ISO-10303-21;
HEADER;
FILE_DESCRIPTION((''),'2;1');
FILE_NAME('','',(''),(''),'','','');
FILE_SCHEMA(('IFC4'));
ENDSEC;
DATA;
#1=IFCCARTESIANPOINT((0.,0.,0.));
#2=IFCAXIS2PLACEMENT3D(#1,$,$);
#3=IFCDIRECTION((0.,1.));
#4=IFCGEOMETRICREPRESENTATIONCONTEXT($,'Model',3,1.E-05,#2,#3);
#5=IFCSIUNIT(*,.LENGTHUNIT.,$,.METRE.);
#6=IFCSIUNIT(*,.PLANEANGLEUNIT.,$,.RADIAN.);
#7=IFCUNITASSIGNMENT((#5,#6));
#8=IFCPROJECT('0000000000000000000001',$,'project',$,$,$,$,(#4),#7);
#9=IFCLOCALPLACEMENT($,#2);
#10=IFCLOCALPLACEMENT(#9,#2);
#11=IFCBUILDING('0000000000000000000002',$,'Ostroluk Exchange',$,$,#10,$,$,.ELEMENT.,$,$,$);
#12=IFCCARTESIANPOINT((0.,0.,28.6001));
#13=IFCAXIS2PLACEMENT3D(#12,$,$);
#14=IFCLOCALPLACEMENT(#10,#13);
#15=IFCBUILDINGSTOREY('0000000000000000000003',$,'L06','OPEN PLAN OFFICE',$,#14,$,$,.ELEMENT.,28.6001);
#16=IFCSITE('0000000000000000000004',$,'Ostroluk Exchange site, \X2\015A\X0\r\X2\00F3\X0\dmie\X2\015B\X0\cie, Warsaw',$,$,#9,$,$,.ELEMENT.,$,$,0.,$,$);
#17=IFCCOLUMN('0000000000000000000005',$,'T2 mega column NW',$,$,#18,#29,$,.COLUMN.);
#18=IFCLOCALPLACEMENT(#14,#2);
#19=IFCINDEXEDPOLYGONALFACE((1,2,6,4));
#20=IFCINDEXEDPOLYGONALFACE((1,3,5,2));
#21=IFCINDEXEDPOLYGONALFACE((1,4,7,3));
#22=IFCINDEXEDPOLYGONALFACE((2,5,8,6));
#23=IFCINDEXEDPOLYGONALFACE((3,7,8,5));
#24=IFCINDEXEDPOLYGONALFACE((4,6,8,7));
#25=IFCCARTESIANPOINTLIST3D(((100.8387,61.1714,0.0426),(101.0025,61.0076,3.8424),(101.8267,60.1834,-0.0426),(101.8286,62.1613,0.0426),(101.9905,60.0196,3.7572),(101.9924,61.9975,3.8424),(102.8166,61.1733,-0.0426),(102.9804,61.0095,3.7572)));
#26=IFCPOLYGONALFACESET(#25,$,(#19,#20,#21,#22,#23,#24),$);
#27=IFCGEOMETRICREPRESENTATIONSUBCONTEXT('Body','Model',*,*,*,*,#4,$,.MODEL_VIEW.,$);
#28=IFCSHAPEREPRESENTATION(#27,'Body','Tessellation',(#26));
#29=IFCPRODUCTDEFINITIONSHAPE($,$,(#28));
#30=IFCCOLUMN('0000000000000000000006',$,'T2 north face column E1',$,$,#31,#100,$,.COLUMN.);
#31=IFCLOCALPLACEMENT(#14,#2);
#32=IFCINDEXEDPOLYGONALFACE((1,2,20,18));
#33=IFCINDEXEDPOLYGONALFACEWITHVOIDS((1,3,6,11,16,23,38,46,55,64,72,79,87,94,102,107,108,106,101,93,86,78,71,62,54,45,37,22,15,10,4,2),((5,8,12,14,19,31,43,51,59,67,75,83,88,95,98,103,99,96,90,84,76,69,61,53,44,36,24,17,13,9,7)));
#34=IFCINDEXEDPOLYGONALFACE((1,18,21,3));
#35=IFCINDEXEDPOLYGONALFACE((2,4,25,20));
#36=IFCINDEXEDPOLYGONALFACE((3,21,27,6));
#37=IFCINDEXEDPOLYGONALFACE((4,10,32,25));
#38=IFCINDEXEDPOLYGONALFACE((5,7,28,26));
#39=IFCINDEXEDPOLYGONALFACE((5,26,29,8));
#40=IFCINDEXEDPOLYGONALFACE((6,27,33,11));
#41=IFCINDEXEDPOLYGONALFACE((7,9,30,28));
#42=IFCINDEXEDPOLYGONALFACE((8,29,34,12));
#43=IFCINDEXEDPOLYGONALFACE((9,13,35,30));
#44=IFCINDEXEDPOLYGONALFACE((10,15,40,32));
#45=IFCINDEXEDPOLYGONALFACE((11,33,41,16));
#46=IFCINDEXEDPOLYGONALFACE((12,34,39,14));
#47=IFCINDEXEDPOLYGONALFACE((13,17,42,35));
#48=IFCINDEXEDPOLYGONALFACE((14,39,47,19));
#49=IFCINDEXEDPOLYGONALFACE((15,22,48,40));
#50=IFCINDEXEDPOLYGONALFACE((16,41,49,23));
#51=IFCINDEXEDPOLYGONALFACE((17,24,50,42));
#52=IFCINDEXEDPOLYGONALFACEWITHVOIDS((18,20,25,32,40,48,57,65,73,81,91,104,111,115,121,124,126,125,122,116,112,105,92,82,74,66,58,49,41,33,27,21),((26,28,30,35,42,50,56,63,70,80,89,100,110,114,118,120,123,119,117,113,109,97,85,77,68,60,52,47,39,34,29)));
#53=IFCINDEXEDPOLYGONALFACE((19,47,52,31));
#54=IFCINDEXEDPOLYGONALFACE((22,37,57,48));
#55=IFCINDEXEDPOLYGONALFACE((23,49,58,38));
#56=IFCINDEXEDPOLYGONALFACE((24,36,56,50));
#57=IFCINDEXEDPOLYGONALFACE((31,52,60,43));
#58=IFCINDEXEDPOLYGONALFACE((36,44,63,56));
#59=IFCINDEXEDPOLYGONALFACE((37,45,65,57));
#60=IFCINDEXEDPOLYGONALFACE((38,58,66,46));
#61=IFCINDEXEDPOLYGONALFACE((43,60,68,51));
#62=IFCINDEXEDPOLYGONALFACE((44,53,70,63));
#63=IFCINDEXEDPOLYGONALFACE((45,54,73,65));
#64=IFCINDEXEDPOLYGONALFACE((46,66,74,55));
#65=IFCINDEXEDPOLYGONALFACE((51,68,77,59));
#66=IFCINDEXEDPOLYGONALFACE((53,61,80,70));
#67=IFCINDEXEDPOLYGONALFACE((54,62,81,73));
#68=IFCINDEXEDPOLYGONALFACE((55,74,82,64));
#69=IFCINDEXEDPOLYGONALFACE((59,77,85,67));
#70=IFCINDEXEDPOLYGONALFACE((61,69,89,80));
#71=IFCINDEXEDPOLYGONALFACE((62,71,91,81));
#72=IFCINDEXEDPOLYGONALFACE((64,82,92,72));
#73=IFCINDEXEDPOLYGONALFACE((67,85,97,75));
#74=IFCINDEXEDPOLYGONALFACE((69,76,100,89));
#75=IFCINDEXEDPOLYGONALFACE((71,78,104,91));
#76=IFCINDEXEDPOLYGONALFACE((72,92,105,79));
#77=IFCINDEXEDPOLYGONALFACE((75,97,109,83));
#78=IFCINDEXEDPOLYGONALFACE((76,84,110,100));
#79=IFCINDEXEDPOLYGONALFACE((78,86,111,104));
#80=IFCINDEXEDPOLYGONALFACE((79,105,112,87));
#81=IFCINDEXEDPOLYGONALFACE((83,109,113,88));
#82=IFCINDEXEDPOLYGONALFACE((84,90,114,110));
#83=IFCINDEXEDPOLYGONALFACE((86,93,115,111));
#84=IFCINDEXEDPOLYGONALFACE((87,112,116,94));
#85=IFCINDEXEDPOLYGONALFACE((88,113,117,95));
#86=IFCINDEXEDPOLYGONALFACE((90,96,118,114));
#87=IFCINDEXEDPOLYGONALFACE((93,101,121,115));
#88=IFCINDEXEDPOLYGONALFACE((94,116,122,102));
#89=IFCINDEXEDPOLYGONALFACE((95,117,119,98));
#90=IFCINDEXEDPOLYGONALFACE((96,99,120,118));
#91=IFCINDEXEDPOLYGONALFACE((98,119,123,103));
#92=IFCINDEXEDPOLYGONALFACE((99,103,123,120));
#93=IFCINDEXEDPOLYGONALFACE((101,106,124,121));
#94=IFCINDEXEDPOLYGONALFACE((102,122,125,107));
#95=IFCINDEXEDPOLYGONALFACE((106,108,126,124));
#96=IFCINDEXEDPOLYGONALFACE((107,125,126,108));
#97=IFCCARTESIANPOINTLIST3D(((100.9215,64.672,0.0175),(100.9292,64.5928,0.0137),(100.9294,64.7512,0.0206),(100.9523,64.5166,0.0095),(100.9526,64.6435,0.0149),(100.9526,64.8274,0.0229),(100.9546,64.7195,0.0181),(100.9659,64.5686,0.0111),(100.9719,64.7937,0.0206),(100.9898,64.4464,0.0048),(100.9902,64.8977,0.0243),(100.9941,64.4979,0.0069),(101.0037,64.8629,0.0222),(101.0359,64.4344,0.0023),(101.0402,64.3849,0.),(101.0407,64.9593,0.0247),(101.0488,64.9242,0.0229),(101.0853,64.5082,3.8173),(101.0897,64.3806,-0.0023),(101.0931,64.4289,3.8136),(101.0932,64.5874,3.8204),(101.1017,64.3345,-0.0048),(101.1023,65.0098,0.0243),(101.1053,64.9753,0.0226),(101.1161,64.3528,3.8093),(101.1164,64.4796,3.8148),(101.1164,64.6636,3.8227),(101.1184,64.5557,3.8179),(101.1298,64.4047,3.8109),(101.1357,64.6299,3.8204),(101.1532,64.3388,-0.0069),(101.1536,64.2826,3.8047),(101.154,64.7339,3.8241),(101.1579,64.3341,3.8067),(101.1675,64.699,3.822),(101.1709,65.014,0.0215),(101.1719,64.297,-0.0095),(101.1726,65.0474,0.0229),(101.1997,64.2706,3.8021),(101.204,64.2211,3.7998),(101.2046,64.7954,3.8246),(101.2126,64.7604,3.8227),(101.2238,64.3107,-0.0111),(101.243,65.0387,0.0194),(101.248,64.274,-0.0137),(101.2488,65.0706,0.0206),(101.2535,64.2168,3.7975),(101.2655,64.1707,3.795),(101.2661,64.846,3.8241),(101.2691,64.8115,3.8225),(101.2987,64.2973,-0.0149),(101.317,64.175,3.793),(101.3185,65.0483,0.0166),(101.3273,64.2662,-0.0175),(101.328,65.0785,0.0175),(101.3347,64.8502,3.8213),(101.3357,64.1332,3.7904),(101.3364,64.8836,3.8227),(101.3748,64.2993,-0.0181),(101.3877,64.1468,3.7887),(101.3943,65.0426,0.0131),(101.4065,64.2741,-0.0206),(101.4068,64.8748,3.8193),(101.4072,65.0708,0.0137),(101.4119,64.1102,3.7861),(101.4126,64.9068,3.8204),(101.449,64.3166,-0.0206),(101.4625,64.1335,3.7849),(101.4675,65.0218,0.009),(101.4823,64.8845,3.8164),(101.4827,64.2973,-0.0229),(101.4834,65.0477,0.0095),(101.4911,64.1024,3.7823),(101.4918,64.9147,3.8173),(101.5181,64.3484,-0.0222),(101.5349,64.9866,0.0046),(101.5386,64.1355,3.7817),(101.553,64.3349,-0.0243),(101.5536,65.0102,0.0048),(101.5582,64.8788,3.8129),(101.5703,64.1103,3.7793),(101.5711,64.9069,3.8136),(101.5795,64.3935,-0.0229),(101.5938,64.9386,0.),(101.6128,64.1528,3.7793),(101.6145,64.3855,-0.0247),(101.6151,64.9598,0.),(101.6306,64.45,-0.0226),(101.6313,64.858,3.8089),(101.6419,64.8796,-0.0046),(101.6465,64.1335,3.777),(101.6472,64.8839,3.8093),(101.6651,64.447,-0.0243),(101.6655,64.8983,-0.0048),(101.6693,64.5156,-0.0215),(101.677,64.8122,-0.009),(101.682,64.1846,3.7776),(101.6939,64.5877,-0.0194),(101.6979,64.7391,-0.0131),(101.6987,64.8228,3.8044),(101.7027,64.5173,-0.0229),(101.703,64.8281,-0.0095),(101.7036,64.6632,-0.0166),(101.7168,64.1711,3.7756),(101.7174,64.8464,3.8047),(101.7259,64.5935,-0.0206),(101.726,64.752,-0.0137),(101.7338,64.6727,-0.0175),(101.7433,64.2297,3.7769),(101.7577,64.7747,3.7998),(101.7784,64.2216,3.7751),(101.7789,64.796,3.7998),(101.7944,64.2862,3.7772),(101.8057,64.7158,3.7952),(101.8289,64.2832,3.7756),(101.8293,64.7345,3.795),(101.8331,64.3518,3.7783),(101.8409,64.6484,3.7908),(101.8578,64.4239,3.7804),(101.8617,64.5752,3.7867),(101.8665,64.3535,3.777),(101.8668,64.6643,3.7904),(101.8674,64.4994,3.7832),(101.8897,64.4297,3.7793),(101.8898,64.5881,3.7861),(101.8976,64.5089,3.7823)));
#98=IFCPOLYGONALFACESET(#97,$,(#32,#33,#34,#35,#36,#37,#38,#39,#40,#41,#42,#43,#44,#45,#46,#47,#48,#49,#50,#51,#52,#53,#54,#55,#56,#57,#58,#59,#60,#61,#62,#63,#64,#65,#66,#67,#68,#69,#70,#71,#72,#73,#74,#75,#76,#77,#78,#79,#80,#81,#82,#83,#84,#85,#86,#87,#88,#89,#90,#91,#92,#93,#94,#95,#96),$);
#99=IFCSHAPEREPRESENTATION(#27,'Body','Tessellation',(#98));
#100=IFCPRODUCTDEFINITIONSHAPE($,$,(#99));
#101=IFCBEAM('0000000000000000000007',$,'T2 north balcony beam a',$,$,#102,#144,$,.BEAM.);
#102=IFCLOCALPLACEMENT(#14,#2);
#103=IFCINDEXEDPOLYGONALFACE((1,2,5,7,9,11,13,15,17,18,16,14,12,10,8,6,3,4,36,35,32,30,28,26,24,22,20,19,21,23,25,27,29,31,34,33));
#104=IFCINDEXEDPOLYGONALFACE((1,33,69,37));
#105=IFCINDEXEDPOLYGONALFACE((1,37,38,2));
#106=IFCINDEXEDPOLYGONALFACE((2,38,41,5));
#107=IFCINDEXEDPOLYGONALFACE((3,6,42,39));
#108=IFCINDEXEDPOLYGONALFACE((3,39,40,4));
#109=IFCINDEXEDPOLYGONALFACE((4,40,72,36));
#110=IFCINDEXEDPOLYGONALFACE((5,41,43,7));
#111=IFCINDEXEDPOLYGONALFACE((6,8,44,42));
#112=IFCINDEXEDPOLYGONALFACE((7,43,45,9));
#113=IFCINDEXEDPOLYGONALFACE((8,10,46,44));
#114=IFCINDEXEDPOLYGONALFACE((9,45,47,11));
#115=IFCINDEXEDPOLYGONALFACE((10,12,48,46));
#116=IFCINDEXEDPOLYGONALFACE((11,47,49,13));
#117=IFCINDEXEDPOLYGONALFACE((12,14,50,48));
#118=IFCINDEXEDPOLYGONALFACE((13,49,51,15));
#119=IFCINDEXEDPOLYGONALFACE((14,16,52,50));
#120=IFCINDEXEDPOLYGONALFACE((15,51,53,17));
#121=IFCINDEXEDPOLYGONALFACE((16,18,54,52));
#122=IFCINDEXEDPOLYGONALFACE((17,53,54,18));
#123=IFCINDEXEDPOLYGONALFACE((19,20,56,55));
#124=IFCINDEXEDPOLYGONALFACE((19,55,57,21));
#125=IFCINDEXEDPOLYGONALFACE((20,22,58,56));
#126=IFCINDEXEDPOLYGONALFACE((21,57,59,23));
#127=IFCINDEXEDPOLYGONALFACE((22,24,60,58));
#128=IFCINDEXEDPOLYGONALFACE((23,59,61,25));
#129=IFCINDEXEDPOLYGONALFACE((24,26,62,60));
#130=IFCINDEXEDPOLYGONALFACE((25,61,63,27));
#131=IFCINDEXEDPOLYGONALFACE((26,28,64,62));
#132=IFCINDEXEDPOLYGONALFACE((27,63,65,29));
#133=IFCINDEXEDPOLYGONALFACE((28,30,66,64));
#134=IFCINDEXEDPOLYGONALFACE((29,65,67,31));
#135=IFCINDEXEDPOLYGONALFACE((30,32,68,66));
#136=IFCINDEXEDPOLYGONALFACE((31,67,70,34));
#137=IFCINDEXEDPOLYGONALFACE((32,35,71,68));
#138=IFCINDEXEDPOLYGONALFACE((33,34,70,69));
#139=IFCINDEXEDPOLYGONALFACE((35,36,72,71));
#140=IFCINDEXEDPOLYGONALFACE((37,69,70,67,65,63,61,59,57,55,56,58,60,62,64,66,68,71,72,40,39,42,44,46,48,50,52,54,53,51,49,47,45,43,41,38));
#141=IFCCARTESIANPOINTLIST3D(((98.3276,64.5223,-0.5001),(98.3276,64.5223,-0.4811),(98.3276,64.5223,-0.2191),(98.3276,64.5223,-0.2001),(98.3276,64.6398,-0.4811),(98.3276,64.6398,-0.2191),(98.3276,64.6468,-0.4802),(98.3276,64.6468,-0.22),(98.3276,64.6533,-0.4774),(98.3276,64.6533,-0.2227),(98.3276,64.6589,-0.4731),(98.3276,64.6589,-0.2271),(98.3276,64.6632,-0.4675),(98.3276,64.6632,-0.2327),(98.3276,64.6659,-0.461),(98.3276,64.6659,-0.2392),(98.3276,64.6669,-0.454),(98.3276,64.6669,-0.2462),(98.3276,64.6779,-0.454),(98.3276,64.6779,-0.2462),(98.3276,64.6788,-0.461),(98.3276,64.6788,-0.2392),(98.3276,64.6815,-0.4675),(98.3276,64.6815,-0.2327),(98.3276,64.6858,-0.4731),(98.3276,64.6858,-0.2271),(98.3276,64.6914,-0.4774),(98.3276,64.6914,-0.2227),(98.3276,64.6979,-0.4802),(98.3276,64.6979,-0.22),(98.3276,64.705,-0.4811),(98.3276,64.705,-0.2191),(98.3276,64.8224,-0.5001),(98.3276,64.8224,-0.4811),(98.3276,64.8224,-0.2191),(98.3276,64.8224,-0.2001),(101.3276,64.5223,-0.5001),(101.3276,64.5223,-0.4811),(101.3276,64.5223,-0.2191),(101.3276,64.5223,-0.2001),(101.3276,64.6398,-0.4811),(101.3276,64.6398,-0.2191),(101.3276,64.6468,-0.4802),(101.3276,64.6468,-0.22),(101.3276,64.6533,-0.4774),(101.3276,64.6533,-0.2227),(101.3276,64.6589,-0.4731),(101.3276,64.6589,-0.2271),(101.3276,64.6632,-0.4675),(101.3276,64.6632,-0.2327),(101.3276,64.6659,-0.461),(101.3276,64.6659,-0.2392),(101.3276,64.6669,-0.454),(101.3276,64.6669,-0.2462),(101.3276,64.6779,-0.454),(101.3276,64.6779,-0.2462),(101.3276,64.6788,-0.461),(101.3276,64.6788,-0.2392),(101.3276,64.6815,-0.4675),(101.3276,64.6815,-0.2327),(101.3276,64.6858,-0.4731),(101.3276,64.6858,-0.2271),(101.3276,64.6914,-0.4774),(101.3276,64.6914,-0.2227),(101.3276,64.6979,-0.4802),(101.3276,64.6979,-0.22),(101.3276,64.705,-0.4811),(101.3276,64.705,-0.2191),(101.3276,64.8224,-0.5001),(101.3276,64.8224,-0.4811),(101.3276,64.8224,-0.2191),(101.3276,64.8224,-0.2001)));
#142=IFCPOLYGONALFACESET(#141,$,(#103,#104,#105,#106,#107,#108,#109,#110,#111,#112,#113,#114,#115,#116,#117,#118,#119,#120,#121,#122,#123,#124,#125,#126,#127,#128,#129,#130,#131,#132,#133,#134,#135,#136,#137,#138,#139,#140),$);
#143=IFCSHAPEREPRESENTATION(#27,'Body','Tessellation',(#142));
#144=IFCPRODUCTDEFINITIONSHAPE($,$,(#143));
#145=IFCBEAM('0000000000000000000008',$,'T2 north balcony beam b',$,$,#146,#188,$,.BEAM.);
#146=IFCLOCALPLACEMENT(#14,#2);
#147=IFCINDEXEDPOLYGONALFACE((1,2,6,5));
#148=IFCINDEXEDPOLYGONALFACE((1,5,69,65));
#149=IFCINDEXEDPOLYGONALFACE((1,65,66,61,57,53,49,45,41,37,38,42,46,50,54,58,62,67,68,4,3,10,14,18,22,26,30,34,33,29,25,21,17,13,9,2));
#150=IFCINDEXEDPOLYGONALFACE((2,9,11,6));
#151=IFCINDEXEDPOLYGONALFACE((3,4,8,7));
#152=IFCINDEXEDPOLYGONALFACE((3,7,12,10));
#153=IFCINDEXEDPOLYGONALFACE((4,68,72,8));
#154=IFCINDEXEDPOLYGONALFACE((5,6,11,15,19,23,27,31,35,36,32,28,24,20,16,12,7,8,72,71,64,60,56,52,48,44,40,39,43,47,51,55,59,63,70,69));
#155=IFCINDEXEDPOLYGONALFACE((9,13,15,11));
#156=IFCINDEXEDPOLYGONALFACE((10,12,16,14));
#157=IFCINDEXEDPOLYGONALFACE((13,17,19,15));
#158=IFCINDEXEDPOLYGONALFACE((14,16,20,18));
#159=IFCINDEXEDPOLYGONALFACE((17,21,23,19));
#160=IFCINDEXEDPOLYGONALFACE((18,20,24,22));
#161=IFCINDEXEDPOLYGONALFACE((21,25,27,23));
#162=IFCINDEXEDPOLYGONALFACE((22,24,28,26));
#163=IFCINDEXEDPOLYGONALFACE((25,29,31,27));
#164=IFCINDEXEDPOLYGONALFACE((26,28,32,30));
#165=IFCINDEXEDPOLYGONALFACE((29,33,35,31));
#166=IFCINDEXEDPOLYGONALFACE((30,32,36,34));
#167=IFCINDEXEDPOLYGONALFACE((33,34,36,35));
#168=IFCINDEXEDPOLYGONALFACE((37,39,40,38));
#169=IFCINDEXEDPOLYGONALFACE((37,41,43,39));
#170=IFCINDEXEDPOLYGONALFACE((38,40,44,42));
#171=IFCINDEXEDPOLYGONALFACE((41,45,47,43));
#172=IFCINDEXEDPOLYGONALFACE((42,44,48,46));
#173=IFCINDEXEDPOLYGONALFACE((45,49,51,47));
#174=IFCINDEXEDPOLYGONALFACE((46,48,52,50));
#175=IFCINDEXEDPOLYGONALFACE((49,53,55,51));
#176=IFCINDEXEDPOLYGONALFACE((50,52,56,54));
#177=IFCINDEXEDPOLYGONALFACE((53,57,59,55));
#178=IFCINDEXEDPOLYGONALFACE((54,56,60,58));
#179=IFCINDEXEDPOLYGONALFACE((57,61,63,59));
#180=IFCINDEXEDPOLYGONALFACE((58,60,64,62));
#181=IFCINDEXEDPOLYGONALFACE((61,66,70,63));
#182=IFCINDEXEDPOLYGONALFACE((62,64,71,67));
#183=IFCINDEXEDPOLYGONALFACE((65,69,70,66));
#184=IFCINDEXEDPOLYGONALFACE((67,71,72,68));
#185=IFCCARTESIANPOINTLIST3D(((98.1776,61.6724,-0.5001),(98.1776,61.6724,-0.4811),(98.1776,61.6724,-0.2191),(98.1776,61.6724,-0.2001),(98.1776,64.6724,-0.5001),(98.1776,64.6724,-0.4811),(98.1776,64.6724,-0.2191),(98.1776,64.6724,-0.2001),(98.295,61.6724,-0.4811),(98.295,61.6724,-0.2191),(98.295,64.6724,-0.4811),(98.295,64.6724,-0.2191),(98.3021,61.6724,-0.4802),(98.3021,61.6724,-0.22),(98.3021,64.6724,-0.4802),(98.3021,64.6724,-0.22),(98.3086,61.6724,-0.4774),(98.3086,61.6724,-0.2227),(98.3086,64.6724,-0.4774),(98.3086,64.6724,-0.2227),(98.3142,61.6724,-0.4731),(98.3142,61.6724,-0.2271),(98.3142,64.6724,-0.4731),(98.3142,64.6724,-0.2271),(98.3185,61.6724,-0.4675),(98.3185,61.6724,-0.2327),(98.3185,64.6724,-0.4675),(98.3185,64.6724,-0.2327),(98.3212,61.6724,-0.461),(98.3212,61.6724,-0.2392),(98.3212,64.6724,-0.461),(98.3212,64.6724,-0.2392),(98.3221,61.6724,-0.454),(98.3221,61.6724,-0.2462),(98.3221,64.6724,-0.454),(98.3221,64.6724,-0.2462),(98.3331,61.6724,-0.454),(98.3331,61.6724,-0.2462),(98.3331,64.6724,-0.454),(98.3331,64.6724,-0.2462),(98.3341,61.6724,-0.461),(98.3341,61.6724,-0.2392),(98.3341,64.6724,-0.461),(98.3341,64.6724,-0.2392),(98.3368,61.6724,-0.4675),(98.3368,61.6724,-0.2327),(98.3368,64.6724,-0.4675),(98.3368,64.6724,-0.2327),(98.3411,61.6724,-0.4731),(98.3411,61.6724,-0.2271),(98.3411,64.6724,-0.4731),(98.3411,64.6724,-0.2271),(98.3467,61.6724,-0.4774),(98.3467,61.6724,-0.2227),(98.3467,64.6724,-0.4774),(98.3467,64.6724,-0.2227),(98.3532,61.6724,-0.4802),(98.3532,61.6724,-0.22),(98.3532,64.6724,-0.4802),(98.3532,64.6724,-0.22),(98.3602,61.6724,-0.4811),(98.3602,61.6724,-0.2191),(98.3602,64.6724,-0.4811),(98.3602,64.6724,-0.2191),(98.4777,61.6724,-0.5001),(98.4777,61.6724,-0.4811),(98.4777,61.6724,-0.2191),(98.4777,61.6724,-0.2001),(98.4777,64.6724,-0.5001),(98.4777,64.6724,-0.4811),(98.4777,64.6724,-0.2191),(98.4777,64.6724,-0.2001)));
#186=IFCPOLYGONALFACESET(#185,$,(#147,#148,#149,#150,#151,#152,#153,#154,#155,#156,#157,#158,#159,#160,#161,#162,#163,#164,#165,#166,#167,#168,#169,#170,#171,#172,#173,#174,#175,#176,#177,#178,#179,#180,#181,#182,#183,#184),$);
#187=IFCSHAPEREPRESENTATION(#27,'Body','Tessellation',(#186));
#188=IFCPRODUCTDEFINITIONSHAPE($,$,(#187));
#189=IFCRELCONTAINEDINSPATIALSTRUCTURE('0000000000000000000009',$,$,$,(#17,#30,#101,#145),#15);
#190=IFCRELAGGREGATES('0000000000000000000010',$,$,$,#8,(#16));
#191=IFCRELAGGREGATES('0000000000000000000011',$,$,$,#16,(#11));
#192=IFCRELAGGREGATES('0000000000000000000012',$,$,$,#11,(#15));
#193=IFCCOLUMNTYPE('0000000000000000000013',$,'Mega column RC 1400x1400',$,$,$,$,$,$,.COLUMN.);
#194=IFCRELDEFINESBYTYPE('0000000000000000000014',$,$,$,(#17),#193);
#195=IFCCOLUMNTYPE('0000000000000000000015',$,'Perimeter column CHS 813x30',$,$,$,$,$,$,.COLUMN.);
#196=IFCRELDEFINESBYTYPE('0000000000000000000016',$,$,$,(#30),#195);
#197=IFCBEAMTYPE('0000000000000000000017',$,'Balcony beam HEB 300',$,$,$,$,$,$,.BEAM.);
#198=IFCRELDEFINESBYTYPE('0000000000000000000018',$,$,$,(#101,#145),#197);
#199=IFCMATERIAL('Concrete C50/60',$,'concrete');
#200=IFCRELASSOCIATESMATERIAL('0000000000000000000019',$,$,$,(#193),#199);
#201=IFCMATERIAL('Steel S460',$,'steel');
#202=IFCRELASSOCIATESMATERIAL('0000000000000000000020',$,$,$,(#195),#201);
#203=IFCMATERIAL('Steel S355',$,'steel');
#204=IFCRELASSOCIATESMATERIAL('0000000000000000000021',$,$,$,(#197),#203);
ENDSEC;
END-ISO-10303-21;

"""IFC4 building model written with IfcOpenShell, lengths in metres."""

from ifc_helpers import new_model, si_unit, direction, frame, origin, origin_2d, place, context, subcontext, project, spatial, rectangle, hollow_circle, i_section, extrude, material, material_profile, profile_set, type_object, element, save


model = new_model("IFC4")

# Units and contexts
model_context = context("Model", 3, precision=1e-05, world=origin(), true_north=direction((0.0, 1.0)))
body_context = subcontext(model_context, "Body", "Model", "MODEL_VIEW")
ifc_project = project(units=[si_unit("LENGTHUNIT", "METRE"), si_unit("PLANEANGLEUNIT", "RADIAN")], contexts=[model_context])

# Site, building, storey
site_placement = place(None, origin())
site = spatial("IfcSite", under=ifc_project, at=site_placement, Name="Ostroluk Exchange site, Śródmieście, Warsaw", CompositionType="ELEMENT", RefElevation=0.0)
building_placement = place(site_placement, origin())
building = spatial("IfcBuilding", under=site, at=building_placement, Name="Ostroluk Exchange", CompositionType="ELEMENT")
storey_placement = place(building_placement, frame((0.0, 0.0, 28.6001)))
storey = spatial("IfcBuildingStorey", under=building, at=storey_placement, Name="L06", Description="OPEN PLAN OFFICE", CompositionType="ELEMENT", Elevation=28.6001)

# Columns
ifc_material_1 = material(Name="Concrete C50/60", Category="concrete")
ifc_material_profile_1 = material_profile(ifc_material_1, rectangle(XDim=1.3999, YDim=1.3999, at=origin_2d()), Name="RC 1400x1400")
ifc_profile_set_1 = profile_set([ifc_material_profile_1], Name="Concrete C50/60")
column_type_1 = type_object("IfcColumnType", Name="Mega column RC 1400x1400", PredefinedType="COLUMN", material=ifc_profile_set_1)
column_1_placement = place(storey_placement, frame((101.8276, 61.1724, 0.0), z_axis=(0.043032, -0.043032, 0.998146), x_axis=(0.707107, 0.707107, 0.0)))
element("IfcColumn", 1, at=column_1_placement, inside=storey, type_object=column_type_1, Name="T2 mega column NW", PredefinedType="COLUMN", context=body_context, shape_type="SweptSolid", body=[
    extrude(rectangle(XDim=1.3999, YDim=1.3999, at=origin_2d()), origin(), (0.0, 0.0, 1.0), 3.8069),
])
ifc_material_2 = material(Name="Steel S460", Category="steel")
ifc_material_profile_2 = material_profile(ifc_material_2, hollow_circle(Radius=0.4065, WallThickness=0.03, at=origin_2d()), Name="CHS 813x30")
ifc_profile_set_2 = profile_set([ifc_material_profile_2], Name="Steel S460")
column_type_2 = type_object("IfcColumnType", Name="Perimeter column CHS 813x30", PredefinedType="COLUMN", material=ifc_profile_set_2)
column_2_placement = place(storey_placement, frame((101.3276, 64.6724, 0.0), z_axis=(0.043032, -0.043032, 0.998146), x_axis=(0.707107, 0.707107, 0.0)))
element("IfcColumn", 2, at=column_2_placement, inside=storey, type_object=column_type_2, Name="T2 north face column E1", PredefinedType="COLUMN", context=body_context, shape_type="SweptSolid", body=[
    extrude(hollow_circle(Radius=0.4065, WallThickness=0.03, at=origin_2d()), origin(), (0.0, 0.0, 1.0), 3.8069),
])

# Beams
ifc_material_3 = material(Name="Steel S355", Category="steel")
ifc_material_profile_3 = material_profile(ifc_material_3, i_section(OverallWidth=0.3, OverallDepth=0.3, WebThickness=0.011, FlangeThickness=0.019, FilletRadius=0.0271, at=origin_2d()), Name="HEB 300")
ifc_profile_set_3 = profile_set([ifc_material_profile_3], Name="Steel S355")
beam_type_1 = type_object("IfcBeamType", Name="Balcony beam HEB 300", PredefinedType="BEAM", material=ifc_profile_set_3)
for number, where, z_axis, x_axis, name in (
    (3, (101.3276, 64.6724, -0.3501), (-1.0, 0.0, 0.0), (0.0, -1.0, 0.0), "T2 north balcony beam a"),
    (4, (98.3276, 61.6724, -0.3501), (0.0, 1.0, 0.0), (-1.0, 0.0, 0.0), "T2 north balcony beam b"),
):
    element("IfcBeam", number, at=place(storey_placement, frame(where, z_axis=z_axis, x_axis=x_axis)), inside=storey, type_object=beam_type_1, Name=name, PredefinedType="BEAM", context=body_context, shape_type="SweptSolid", body=[
        extrude(i_section(OverallWidth=0.3, OverallDepth=0.3, WebThickness=0.011, FlangeThickness=0.019, FilletRadius=0.0271, at=origin_2d()), origin(), (0.0, 0.0, 1.0), 3.0),
    ])

save(model, "model.ifc")
